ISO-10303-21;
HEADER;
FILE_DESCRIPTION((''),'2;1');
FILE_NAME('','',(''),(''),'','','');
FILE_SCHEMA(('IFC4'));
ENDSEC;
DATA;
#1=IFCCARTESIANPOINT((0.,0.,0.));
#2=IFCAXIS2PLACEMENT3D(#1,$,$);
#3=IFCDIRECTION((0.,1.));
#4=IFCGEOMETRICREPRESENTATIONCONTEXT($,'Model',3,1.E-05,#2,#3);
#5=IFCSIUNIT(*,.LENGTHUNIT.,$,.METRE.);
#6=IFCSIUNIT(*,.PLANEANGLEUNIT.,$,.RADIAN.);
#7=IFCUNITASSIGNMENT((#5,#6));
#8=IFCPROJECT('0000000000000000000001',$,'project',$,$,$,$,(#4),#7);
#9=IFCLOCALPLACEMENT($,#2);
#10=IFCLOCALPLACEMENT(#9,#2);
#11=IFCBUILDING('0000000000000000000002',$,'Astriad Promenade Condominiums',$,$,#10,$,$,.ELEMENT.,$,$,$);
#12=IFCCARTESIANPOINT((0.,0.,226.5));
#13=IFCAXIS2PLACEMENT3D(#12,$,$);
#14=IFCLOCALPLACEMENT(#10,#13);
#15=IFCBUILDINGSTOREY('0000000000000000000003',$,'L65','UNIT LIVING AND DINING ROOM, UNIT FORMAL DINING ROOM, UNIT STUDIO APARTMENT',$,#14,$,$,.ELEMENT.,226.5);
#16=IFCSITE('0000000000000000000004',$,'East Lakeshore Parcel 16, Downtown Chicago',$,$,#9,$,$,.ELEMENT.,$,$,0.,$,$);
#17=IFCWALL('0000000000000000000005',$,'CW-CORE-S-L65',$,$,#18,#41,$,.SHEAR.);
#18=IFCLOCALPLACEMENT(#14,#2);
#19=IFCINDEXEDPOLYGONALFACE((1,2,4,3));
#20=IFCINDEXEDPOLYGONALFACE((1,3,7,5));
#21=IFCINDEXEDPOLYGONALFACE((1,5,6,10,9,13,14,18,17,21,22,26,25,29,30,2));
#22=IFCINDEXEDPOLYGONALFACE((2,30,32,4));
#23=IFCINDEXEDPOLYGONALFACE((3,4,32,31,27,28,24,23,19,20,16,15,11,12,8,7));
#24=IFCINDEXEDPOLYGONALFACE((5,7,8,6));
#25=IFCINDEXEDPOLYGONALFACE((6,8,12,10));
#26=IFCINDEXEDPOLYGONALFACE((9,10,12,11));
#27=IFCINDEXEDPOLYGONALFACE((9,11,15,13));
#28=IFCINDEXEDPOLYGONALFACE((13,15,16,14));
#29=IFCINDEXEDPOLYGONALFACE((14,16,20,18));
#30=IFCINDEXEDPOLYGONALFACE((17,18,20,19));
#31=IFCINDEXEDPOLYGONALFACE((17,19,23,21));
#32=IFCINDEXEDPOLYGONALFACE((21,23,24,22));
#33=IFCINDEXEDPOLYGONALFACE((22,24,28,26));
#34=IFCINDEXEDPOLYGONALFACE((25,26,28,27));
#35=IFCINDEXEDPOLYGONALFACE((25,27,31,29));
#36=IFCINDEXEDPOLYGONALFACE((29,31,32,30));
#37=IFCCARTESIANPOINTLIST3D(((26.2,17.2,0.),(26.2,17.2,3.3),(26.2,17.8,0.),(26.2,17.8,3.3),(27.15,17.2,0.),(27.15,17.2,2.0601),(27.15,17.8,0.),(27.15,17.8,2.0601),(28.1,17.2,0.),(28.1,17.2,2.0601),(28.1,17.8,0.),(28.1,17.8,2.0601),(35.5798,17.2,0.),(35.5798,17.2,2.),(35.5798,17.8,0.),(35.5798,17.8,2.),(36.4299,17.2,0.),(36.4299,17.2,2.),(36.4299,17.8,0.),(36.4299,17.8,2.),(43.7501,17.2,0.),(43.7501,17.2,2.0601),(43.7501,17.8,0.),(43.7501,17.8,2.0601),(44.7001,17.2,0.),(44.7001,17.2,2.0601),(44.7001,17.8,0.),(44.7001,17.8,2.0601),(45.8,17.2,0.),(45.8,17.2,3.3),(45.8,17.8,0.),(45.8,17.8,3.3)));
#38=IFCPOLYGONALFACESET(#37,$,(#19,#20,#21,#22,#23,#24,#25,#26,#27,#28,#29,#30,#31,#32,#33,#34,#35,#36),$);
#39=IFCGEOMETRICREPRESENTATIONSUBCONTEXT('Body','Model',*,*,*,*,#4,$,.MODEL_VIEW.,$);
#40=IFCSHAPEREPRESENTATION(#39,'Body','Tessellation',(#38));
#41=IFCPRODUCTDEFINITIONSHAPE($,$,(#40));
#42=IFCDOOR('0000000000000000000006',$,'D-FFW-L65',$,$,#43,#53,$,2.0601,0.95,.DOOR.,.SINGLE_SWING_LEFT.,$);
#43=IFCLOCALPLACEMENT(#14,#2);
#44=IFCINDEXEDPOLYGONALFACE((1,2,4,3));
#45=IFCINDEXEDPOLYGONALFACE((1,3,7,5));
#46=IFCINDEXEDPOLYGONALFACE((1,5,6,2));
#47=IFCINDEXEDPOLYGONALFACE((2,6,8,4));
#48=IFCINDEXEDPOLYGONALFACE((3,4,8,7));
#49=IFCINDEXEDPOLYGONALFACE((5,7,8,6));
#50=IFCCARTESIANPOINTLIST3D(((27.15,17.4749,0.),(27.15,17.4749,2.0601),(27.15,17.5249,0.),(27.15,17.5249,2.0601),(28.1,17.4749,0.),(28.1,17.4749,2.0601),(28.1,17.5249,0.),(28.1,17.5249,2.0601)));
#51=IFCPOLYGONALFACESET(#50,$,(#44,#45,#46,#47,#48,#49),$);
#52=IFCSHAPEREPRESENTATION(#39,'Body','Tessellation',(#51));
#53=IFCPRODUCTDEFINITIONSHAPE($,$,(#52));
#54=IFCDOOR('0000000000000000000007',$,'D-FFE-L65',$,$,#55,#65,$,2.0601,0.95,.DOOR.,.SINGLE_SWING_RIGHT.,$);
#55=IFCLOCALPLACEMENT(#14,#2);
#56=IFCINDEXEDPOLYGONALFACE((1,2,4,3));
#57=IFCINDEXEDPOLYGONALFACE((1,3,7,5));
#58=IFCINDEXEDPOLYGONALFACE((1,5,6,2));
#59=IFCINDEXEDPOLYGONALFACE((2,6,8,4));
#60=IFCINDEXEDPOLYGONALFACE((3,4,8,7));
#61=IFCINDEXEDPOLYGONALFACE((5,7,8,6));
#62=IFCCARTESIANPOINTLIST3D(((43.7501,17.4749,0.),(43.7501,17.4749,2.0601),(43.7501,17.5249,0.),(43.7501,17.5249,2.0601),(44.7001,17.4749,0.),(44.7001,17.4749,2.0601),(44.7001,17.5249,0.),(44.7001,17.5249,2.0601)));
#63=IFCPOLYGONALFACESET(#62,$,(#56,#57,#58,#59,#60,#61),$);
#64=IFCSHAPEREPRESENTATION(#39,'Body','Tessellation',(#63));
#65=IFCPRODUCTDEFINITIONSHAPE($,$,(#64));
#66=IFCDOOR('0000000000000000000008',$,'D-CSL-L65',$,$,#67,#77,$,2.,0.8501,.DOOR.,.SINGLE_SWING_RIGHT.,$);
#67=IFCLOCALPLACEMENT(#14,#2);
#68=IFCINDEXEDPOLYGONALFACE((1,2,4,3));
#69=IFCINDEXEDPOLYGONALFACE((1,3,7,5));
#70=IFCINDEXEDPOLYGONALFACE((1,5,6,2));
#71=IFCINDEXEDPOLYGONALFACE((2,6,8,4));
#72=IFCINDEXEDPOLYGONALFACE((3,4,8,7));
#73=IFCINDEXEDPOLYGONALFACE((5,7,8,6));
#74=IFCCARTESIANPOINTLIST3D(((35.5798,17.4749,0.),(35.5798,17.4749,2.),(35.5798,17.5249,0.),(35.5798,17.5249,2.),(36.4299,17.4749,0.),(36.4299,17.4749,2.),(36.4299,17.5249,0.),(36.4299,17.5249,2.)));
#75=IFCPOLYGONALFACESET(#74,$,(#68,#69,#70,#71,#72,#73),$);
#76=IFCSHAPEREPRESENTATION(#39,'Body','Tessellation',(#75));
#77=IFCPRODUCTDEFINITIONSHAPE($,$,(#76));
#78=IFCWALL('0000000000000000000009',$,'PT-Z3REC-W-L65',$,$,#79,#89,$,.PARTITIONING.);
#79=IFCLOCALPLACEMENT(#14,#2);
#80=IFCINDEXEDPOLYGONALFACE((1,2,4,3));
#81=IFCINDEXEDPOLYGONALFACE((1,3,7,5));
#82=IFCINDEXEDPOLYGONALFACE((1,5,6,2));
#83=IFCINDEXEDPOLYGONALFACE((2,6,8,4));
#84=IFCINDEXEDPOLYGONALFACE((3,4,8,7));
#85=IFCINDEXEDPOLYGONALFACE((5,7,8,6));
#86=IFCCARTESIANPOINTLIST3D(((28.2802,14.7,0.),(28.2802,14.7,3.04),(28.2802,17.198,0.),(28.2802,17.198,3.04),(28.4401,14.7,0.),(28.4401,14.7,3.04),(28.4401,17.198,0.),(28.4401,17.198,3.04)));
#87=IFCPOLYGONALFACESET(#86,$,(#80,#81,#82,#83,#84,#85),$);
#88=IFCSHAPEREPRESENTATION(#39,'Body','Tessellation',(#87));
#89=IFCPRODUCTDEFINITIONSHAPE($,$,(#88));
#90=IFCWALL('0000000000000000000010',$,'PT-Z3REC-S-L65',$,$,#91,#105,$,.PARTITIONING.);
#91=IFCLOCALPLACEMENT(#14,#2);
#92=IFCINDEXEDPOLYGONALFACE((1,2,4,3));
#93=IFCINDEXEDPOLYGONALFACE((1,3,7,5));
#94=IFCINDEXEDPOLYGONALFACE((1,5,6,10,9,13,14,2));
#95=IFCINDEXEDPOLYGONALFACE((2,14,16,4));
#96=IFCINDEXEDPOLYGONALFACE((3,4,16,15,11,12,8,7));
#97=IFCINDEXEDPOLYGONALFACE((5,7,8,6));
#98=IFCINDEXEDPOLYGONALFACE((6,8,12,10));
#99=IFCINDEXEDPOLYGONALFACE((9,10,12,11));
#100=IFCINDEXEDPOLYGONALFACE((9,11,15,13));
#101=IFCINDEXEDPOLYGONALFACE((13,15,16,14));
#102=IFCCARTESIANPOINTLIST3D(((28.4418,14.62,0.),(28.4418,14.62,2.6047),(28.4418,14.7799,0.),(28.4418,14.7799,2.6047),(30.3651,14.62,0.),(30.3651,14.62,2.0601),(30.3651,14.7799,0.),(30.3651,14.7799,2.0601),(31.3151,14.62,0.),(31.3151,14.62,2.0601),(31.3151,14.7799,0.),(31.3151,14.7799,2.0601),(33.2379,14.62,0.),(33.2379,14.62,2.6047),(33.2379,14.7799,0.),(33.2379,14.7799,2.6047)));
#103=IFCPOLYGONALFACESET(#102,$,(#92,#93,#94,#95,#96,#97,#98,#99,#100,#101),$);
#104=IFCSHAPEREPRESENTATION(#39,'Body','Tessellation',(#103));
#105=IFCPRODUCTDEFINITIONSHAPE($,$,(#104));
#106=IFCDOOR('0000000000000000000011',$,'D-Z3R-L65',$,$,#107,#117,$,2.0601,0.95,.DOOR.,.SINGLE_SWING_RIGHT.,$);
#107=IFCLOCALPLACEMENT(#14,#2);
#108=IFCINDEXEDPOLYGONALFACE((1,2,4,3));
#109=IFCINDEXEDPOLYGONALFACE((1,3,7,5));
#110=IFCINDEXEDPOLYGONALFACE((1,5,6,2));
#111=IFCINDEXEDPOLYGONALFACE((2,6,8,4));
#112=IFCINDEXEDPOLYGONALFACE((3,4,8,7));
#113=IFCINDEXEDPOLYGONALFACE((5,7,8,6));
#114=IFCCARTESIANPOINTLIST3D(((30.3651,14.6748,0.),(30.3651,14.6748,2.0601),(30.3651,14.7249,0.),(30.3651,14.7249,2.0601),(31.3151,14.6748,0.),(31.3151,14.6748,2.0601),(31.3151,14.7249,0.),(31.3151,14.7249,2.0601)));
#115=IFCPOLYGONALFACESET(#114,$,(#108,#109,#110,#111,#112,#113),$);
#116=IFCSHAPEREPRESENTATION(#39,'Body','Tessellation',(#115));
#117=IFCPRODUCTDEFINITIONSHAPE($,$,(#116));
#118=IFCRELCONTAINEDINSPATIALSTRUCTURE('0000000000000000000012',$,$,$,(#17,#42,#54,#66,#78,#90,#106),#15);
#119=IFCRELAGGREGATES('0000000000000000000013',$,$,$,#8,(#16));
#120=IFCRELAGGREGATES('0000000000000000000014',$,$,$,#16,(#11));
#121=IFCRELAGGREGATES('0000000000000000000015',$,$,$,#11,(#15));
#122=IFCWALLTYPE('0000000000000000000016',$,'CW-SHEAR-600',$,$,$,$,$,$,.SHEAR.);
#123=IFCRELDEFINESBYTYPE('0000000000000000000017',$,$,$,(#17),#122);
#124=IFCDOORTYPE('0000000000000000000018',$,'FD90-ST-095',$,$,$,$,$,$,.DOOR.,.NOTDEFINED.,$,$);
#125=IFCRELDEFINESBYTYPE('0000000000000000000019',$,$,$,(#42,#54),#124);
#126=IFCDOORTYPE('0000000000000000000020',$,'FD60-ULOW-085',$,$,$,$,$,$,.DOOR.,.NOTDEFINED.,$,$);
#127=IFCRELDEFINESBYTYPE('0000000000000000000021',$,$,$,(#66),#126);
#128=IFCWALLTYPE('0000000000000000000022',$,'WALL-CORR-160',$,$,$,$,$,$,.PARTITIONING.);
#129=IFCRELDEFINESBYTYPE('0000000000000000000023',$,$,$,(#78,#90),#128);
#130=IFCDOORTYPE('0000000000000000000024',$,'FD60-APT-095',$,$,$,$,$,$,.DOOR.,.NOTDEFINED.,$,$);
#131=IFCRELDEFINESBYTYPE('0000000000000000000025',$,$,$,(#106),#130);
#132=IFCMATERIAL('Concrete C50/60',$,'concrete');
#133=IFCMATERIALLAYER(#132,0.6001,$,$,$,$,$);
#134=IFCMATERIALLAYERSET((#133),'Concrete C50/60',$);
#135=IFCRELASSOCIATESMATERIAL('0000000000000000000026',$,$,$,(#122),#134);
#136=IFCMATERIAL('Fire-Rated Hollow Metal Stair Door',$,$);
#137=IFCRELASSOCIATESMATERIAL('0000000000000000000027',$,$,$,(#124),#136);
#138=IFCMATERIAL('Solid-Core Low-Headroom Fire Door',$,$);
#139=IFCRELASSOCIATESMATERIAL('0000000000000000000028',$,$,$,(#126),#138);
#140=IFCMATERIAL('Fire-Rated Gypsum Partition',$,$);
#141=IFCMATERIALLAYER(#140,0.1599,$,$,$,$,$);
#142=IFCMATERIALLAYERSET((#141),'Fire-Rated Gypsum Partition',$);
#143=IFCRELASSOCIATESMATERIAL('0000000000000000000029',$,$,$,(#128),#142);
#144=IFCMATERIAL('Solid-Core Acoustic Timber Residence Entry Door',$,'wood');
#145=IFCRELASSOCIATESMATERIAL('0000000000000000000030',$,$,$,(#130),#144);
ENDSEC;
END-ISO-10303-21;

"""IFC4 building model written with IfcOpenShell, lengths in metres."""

from ifc_helpers import new_model, si_unit, direction, frame, frame_2d, origin, place, context, subcontext, project, spatial, rectangle, extrude, source, transform, mapped, material, layer, layer_set, type_object, type_shapes, element, fill, save


model = new_model("IFC4")

# Units and contexts
model_context = context("Model", 3, precision=1e-05, world=origin(), true_north=direction((0.0, 1.0)))
body_context = subcontext(model_context, "Body", "Model", "MODEL_VIEW")
ifc_project = project(units=[si_unit("LENGTHUNIT", "METRE"), si_unit("PLANEANGLEUNIT", "RADIAN")], contexts=[model_context])

# Site, building, storey
site_placement = place(None, origin())
site = spatial("IfcSite", under=ifc_project, at=site_placement, Name="East Lakeshore Parcel 16, Downtown Chicago", CompositionType="ELEMENT", RefElevation=0.0)
building_placement = place(site_placement, origin())
building = spatial("IfcBuilding", under=site, at=building_placement, Name="Astriad Promenade Condominiums", CompositionType="ELEMENT")
storey_placement = place(building_placement, frame((0.0, 0.0, 226.5)))
storey = spatial("IfcBuildingStorey", under=building, at=storey_placement, Name="L65", Description="UNIT LIVING AND DINING ROOM, UNIT FORMAL DINING ROOM, UNIT STUDIO APARTMENT", CompositionType="ELEMENT", Elevation=226.5)

# Wall, openings, doors
ifc_material_1 = material(Name="Concrete C50/60", Category="concrete")
ifc_layer_1 = layer(ifc_material_1, 0.6001)
ifc_layer_set_1 = layer_set([ifc_layer_1], Name="Concrete C50/60")
wall_type_1 = type_object("IfcWallType", Name="CW-SHEAR-600", PredefinedType="SHEAR", material=ifc_layer_set_1)
wall_1_placement = place(storey_placement, frame((26.2, 17.5, 0.0), z_axis=(0.0, 0.0, 1.0), x_axis=(1.0, 0.0, 0.0)))
wall_1 = element("IfcWall", 1, at=wall_1_placement, inside=storey, type_object=wall_type_1, Name="CW-CORE-S-L65", PredefinedType="SHEAR", context=body_context, shape_type="SweptSolid", body=[
    extrude(rectangle(XDim=19.6001, YDim=0.6001, at=frame_2d((9.8, 0.0))), origin(), (0.0, 0.0, 1.0), 3.3),
])
opening_1_placement = place(wall_1_placement, frame((0.95, 0.0, 0.0)))
opening_1 = element("IfcOpeningElement", 2, at=opening_1_placement, cuts=wall_1, PredefinedType="OPENING", context=body_context, shape_type="SweptSolid", body=[
    extrude(rectangle(XDim=0.95, YDim=2.0601, at=frame_2d((0.4751, 1.03))), frame((0.0, 0.3101, 0.0), z_axis=(0.0, -1.0, 0.0), x_axis=(1.0, 0.0, 0.0)), (0.0, 0.0, 1.0), 0.6201),
])
opening_2_placement = place(wall_1_placement, frame((9.3799, 0.0, 0.0)))
opening_2 = element("IfcOpeningElement", 3, at=opening_2_placement, cuts=wall_1, PredefinedType="OPENING", context=body_context, shape_type="SweptSolid", body=[
    extrude(rectangle(XDim=0.8501, YDim=2.0, at=frame_2d((0.425, 1.0))), frame((0.0, 0.3101, 0.0), z_axis=(0.0, -1.0, 0.0), x_axis=(1.0, 0.0, 0.0)), (0.0, 0.0, 1.0), 0.6201),
])
opening_3_placement = place(wall_1_placement, frame((17.55, 0.0, 0.0)))
opening_3 = element("IfcOpeningElement", 4, at=opening_3_placement, cuts=wall_1, PredefinedType="OPENING", context=body_context, shape_type="SweptSolid", body=[
    extrude(rectangle(XDim=0.95, YDim=2.0601, at=frame_2d((0.4751, 1.03))), frame((0.0, 0.3101, 0.0), z_axis=(0.0, -1.0, 0.0), x_axis=(1.0, 0.0, 0.0)), (0.0, 0.0, 1.0), 0.6201),
])
ifc_material_2 = material(Name="Fire-Rated Hollow Metal Stair Door")
door_type_1 = type_object("IfcDoorType", Name="FD90-ST-095", OperationType="NOTDEFINED", PredefinedType="DOOR", material=ifc_material_2)
shared_shape_1 = source(origin(), body_context, "Body", "SweptSolid", [
    extrude(rectangle(XDim=0.95, YDim=2.0601, at=frame_2d((0.4751, 1.03))), frame((0.0, 0.0249, 0.0), z_axis=(0.0, -1.0, 0.0), x_axis=(1.0, 0.0, 0.0)), (0.0, 0.0, 1.0), 0.05),
])
type_shapes(door_type_1, [shared_shape_1])
door_1_placement = place(opening_1_placement, origin())
door_1 = element("IfcDoor", 5, at=door_1_placement, inside=storey, type_object=door_type_1, Name="D-FFW-L65", OperationType="SINGLE_SWING_LEFT", OverallHeight=2.0601, OverallWidth=0.95, PredefinedType="DOOR", context=body_context, shape_type="MappedRepresentation", body=[
    mapped(shared_shape_1, transform((0.0, 0.0, 0.0), scale=1.0)),
])
fill(opening_1, door_1)
door_2_placement = place(opening_3_placement, origin())
door_2 = element("IfcDoor", 6, at=door_2_placement, inside=storey, type_object=door_type_1, Name="D-FFE-L65", OperationType="SINGLE_SWING_RIGHT", OverallHeight=2.0601, OverallWidth=0.95, PredefinedType="DOOR", context=body_context, shape_type="MappedRepresentation", body=[
    mapped(shared_shape_1, transform((0.0, 0.0, 0.0), scale=1.0)),
])
fill(opening_3, door_2)
ifc_material_3 = material(Name="Solid-Core Low-Headroom Fire Door")
door_type_2 = type_object("IfcDoorType", Name="FD60-ULOW-085", OperationType="NOTDEFINED", PredefinedType="DOOR", material=ifc_material_3)
shared_shape_2 = source(origin(), body_context, "Body", "SweptSolid", [
    extrude(rectangle(XDim=0.8501, YDim=2.0, at=frame_2d((0.425, 1.0))), frame((0.0, 0.0249, 0.0), z_axis=(0.0, -1.0, 0.0), x_axis=(1.0, 0.0, 0.0)), (0.0, 0.0, 1.0), 0.05),
])
type_shapes(door_type_2, [shared_shape_2])
door_3_placement = place(opening_2_placement, origin())
door_3 = element("IfcDoor", 7, at=door_3_placement, inside=storey, type_object=door_type_2, Name="D-CSL-L65", OperationType="SINGLE_SWING_RIGHT", OverallHeight=2.0, OverallWidth=0.8501, PredefinedType="DOOR", context=body_context, shape_type="MappedRepresentation", body=[
    mapped(shared_shape_2, transform((0.0, 0.0, 0.0), scale=1.0)),
])
fill(opening_2, door_3)

# Wall
ifc_material_4 = material(Name="Fire-Rated Gypsum Partition")
ifc_layer_2 = layer(ifc_material_4, 0.1599)
ifc_layer_set_2 = layer_set([ifc_layer_2], Name="Fire-Rated Gypsum Partition")
wall_type_2 = type_object("IfcWallType", Name="WALL-CORR-160", PredefinedType="PARTITIONING", material=ifc_layer_set_2)
wall_2_placement = place(storey_placement, frame((28.3601, 14.7, 0.0), z_axis=(0.0, 0.0, 1.0), x_axis=(0.0, 1.0, 0.0)))
element("IfcWall", 8, at=wall_2_placement, inside=storey, type_object=wall_type_2, Name="PT-Z3REC-W-L65", PredefinedType="PARTITIONING", context=body_context, shape_type="SweptSolid", body=[
    extrude(rectangle(XDim=2.498, YDim=0.1599, at=frame_2d((1.249, 0.0))), origin(), (0.0, 0.0, 1.0), 3.04),
])

# Wall, opening, door
wall_3_placement = place(storey_placement, frame((28.4419, 14.7, 0.0), z_axis=(0.0, 0.0, 1.0), x_axis=(1.0, 0.0, 0.0)))
wall_3 = element("IfcWall", 9, at=wall_3_placement, inside=storey, type_object=wall_type_2, Name="PT-Z3REC-S-L65", PredefinedType="PARTITIONING", context=body_context, shape_type="SweptSolid", body=[
    extrude(rectangle(XDim=4.7961, YDim=0.1599, at=frame_2d((2.3979, 0.0))), origin(), (0.0, 0.0, 1.0), 2.6047),
])
opening_4_placement = place(wall_3_placement, frame((1.9231, 0.0, 0.0)))
opening_4 = element("IfcOpeningElement", 10, at=opening_4_placement, cuts=wall_3, PredefinedType="OPENING", context=body_context, shape_type="SweptSolid", body=[
    extrude(rectangle(XDim=0.95, YDim=2.0601, at=frame_2d((0.4751, 1.03))), frame((0.0, 0.0898, 0.0), z_axis=(0.0, -1.0, 0.0), x_axis=(1.0, 0.0, 0.0)), (0.0, 0.0, 1.0), 0.1799),
])
ifc_material_5 = material(Name="Solid-Core Acoustic Timber Residence Entry Door", Category="wood")
door_type_3 = type_object("IfcDoorType", Name="FD60-APT-095", OperationType="NOTDEFINED", PredefinedType="DOOR", material=ifc_material_5)
shared_shape_3 = source(origin(), body_context, "Body", "SweptSolid", [
    extrude(rectangle(XDim=0.95, YDim=2.0601, at=frame_2d((0.4751, 1.03))), frame((0.0, 0.0249, 0.0), z_axis=(0.0, -1.0, 0.0), x_axis=(1.0, 0.0, 0.0)), (0.0, 0.0, 1.0), 0.05),
])
type_shapes(door_type_3, [shared_shape_3])
door_4_placement = place(opening_4_placement, origin())
door_4 = element("IfcDoor", 11, at=door_4_placement, inside=storey, type_object=door_type_3, Name="D-Z3R-L65", OperationType="SINGLE_SWING_RIGHT", OverallHeight=2.0601, OverallWidth=0.95, PredefinedType="DOOR", context=body_context, shape_type="MappedRepresentation", body=[
    mapped(shared_shape_3, transform((0.0, 0.0, 0.0), scale=1.0)),
])
fill(opening_4, door_4)

save(model, "model.ifc")
